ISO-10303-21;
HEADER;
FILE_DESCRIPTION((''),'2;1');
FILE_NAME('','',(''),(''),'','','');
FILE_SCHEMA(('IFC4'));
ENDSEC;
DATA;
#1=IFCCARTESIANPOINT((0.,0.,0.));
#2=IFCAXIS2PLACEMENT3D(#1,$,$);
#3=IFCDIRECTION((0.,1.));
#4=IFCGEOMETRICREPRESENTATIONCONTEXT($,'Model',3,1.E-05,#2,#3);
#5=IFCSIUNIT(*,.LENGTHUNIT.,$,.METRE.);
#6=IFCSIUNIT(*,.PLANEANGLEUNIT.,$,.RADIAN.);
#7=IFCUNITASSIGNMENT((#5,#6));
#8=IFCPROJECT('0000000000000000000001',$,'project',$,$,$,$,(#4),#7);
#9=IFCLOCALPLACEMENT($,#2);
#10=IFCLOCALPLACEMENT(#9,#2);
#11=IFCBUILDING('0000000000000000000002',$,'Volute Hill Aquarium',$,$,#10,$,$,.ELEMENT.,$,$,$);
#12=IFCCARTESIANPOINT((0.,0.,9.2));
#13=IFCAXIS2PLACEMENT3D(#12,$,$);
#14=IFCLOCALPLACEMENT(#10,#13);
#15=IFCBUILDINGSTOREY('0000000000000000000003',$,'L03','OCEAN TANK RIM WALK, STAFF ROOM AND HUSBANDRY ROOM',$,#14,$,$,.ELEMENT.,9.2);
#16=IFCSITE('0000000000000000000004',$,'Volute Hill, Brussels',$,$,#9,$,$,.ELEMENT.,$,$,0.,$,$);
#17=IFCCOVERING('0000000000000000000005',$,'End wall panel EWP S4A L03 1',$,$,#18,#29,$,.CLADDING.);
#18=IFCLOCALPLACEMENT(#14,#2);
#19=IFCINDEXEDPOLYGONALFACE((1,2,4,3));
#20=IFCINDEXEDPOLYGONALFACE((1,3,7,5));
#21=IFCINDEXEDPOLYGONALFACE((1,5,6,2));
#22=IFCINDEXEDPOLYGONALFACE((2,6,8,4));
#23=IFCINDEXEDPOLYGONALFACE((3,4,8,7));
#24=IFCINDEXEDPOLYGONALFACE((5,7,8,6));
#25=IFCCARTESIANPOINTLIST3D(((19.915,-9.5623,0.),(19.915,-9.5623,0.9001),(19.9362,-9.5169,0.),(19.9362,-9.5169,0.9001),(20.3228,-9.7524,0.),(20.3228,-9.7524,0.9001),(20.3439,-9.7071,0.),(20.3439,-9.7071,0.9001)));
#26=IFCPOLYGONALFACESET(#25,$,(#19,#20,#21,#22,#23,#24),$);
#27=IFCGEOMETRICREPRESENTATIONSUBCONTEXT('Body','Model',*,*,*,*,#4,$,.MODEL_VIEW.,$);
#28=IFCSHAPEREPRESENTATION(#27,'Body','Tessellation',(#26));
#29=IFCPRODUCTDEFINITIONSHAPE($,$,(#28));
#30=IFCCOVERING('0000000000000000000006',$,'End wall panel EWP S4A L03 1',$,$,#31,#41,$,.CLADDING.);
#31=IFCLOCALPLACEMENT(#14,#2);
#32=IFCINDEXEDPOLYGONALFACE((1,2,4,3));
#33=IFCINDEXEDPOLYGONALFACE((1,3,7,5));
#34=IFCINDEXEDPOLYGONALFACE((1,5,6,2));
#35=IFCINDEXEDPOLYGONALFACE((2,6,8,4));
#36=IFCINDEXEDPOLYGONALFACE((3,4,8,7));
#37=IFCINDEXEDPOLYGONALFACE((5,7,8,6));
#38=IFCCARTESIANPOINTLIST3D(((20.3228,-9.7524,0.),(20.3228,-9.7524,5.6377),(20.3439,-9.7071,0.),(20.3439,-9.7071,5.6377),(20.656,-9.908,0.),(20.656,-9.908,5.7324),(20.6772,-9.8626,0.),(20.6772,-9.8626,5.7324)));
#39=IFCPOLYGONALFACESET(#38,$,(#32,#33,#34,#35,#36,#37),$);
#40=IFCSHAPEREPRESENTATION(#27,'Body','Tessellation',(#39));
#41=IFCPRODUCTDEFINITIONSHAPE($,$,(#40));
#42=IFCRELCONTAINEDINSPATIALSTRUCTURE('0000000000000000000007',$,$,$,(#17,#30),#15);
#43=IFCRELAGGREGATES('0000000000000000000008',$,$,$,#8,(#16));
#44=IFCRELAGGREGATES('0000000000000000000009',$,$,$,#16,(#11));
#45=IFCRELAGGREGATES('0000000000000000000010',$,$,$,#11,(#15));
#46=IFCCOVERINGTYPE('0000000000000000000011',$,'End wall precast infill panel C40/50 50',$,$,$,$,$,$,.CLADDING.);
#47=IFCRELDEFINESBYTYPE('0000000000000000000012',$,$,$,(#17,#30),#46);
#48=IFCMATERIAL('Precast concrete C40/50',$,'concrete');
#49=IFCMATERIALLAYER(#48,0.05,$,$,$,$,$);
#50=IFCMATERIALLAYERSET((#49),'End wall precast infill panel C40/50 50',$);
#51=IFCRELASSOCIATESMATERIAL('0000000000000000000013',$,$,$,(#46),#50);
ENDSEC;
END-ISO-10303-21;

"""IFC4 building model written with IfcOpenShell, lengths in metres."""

from ifc_helpers import new_model, si_unit, direction, frame, origin, place, context, subcontext, project, spatial, polyline, outline, extrude, material, layer, layer_set, type_object, element, save


model = new_model("IFC4")

# Units and contexts
model_context = context("Model", 3, precision=1e-05, world=origin(), true_north=direction((0.0, 1.0)))
body_context = subcontext(model_context, "Body", "Model", "MODEL_VIEW")
ifc_project = project(units=[si_unit("LENGTHUNIT", "METRE"), si_unit("PLANEANGLEUNIT", "RADIAN")], contexts=[model_context])

# Site, building, storey
site_placement = place(None, origin())
site = spatial("IfcSite", under=ifc_project, at=site_placement, Name="Volute Hill, Brussels", CompositionType="ELEMENT", RefElevation=0.0)
building_placement = place(site_placement, origin())
building = spatial("IfcBuilding", under=site, at=building_placement, Name="Volute Hill Aquarium", CompositionType="ELEMENT")
storey_placement = place(building_placement, frame((0.0, 0.0, 9.2)))
storey = spatial("IfcBuildingStorey", under=building, at=storey_placement, Name="L03", Description="OCEAN TANK RIM WALK, STAFF ROOM AND HUSBANDRY ROOM", CompositionType="ELEMENT", Elevation=9.2)

# Coverings
ifc_material_1 = material(Name="Precast concrete C40/50", Category="concrete")
ifc_layer_1 = layer(ifc_material_1, 0.05)
ifc_layer_set_1 = layer_set([ifc_layer_1], Name="End wall precast infill panel C40/50 50")
covering_type_1 = type_object("IfcCoveringType", Name="End wall precast infill panel C40/50 50", PredefinedType="CLADDING", material=ifc_layer_set_1)
covering_1_placement = place(storey_placement, frame((19.915, -9.5623, 0.0), z_axis=(-0.422737, -0.906252, 0.0), x_axis=(0.906252, -0.422737, 0.0)))
element("IfcCovering", 1, at=covering_1_placement, inside=storey, type_object=covering_type_1, Name="End wall panel EWP S4A L03 1", PredefinedType="CLADDING", context=body_context, shape_type="SweptSolid", body=[
    extrude(outline(polyline([(0.0, 0.0), (0.4499, 0.0), (0.4499, 0.9001), (0.0, 0.9001), (0.0, 0.0)])), origin(), (0.0, 0.0, -1.0), 0.05),
])
covering_2_placement = place(storey_placement, frame((20.3228, -9.7524, 0.0), z_axis=(-0.422885, -0.906183, 0.0), x_axis=(0.906183, -0.422885, 0.0)))
element("IfcCovering", 2, at=covering_2_placement, inside=storey, type_object=covering_type_1, Name="End wall panel EWP S4A L03 1", PredefinedType="CLADDING", context=body_context, shape_type="SweptSolid", body=[
    extrude(outline(polyline([(0.0, 0.0), (0.3678, 0.0), (0.3678, 5.7324), (0.0, 5.6377), (0.0, 0.0)])), origin(), (0.0, 0.0, -1.0), 0.05),
])

save(model, "model.ifc")
